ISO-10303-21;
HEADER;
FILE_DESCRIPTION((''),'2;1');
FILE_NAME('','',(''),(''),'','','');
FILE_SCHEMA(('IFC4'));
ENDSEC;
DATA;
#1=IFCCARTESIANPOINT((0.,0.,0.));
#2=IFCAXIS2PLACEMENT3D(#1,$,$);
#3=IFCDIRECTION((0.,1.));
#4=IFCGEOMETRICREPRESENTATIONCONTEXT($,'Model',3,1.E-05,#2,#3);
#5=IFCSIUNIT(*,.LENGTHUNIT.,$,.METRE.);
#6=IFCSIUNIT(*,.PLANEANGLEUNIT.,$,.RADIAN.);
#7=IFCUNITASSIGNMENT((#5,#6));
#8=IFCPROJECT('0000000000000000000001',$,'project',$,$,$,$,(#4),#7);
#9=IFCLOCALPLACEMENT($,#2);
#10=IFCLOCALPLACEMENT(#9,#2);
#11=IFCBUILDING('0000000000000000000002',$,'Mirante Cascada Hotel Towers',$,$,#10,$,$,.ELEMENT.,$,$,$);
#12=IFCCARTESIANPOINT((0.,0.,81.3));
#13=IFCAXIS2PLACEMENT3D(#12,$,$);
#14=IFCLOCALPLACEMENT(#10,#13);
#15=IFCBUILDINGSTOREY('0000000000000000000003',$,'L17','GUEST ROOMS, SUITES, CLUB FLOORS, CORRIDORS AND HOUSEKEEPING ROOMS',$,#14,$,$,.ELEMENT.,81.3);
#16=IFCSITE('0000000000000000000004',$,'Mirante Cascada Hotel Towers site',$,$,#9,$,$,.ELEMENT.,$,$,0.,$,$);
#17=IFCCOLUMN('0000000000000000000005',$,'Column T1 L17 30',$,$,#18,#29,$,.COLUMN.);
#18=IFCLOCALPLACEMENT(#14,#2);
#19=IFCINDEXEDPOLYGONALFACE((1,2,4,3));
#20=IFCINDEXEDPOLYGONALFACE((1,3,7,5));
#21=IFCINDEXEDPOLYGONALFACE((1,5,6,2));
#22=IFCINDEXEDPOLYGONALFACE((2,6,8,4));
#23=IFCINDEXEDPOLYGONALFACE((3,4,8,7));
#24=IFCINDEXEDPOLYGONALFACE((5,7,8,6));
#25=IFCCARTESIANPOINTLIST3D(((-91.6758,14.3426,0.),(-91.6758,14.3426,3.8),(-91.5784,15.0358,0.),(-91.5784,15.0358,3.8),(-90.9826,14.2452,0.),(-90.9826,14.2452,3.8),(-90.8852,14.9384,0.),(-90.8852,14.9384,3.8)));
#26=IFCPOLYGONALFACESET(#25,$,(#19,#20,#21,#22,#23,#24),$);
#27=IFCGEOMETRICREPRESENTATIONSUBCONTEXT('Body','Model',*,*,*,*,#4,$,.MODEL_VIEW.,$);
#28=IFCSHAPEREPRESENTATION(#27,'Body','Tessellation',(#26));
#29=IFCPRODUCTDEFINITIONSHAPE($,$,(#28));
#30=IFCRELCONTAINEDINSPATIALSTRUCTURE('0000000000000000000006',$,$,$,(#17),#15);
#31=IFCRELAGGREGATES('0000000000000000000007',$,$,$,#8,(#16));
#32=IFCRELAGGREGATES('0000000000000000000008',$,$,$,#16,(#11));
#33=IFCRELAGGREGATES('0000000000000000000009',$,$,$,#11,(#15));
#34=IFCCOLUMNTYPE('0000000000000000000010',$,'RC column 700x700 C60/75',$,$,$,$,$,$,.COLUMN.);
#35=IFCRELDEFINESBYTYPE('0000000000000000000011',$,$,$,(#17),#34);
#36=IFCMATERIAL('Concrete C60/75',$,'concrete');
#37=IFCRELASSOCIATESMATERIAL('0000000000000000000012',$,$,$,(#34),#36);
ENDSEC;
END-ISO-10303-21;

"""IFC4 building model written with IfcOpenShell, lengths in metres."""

from ifc_helpers import new_model, si_unit, direction, frame, origin, origin_2d, place, context, subcontext, project, spatial, rectangle, extrude, material, material_profile, profile_set, type_object, element, save


model = new_model("IFC4")

# Units and contexts
model_context = context("Model", 3, precision=1e-05, world=origin(), true_north=direction((0.0, 1.0)))
body_context = subcontext(model_context, "Body", "Model", "MODEL_VIEW")
ifc_project = project(units=[si_unit("LENGTHUNIT", "METRE"), si_unit("PLANEANGLEUNIT", "RADIAN")], contexts=[model_context])

# Site, building, storey
site_placement = place(None, origin())
site = spatial("IfcSite", under=ifc_project, at=site_placement, Name="Mirante Cascada Hotel Towers site", CompositionType="ELEMENT", RefElevation=0.0)
building_placement = place(site_placement, origin())
building = spatial("IfcBuilding", under=site, at=building_placement, Name="Mirante Cascada Hotel Towers", CompositionType="ELEMENT")
storey_placement = place(building_placement, frame((0.0, 0.0, 81.3)))
storey = spatial("IfcBuildingStorey", under=building, at=storey_placement, Name="L17", Description="GUEST ROOMS, SUITES, CLUB FLOORS, CORRIDORS AND HOUSEKEEPING ROOMS", CompositionType="ELEMENT", Elevation=81.3)

# Column
ifc_material_1 = material(Name="Concrete C60/75", Category="concrete")
ifc_material_profile = material_profile(ifc_material_1, rectangle(XDim=0.7, YDim=0.7, at=origin_2d()), Name="RC column 700x700 C60/75")
ifc_profile_set = profile_set([ifc_material_profile], Name="Concrete C60/75")
column_type = type_object("IfcColumnType", Name="RC column 700x700 C60/75", PredefinedType="COLUMN", material=ifc_profile_set)
column_placement = place(storey_placement, frame((-91.2805, 14.6405, 0.0), z_axis=(0.0, 0.0, 1.0), x_axis=(-0.990268, 0.139173, 0.0)))
element("IfcColumn", 1, at=column_placement, inside=storey, type_object=column_type, Name="Column T1 L17 30", PredefinedType="COLUMN", context=body_context, shape_type="SweptSolid", body=[
    extrude(rectangle(XDim=0.7, YDim=0.7, at=origin_2d()), origin(), (0.0, 0.0, 1.0), 3.8),
])

save(model, "model.ifc")
